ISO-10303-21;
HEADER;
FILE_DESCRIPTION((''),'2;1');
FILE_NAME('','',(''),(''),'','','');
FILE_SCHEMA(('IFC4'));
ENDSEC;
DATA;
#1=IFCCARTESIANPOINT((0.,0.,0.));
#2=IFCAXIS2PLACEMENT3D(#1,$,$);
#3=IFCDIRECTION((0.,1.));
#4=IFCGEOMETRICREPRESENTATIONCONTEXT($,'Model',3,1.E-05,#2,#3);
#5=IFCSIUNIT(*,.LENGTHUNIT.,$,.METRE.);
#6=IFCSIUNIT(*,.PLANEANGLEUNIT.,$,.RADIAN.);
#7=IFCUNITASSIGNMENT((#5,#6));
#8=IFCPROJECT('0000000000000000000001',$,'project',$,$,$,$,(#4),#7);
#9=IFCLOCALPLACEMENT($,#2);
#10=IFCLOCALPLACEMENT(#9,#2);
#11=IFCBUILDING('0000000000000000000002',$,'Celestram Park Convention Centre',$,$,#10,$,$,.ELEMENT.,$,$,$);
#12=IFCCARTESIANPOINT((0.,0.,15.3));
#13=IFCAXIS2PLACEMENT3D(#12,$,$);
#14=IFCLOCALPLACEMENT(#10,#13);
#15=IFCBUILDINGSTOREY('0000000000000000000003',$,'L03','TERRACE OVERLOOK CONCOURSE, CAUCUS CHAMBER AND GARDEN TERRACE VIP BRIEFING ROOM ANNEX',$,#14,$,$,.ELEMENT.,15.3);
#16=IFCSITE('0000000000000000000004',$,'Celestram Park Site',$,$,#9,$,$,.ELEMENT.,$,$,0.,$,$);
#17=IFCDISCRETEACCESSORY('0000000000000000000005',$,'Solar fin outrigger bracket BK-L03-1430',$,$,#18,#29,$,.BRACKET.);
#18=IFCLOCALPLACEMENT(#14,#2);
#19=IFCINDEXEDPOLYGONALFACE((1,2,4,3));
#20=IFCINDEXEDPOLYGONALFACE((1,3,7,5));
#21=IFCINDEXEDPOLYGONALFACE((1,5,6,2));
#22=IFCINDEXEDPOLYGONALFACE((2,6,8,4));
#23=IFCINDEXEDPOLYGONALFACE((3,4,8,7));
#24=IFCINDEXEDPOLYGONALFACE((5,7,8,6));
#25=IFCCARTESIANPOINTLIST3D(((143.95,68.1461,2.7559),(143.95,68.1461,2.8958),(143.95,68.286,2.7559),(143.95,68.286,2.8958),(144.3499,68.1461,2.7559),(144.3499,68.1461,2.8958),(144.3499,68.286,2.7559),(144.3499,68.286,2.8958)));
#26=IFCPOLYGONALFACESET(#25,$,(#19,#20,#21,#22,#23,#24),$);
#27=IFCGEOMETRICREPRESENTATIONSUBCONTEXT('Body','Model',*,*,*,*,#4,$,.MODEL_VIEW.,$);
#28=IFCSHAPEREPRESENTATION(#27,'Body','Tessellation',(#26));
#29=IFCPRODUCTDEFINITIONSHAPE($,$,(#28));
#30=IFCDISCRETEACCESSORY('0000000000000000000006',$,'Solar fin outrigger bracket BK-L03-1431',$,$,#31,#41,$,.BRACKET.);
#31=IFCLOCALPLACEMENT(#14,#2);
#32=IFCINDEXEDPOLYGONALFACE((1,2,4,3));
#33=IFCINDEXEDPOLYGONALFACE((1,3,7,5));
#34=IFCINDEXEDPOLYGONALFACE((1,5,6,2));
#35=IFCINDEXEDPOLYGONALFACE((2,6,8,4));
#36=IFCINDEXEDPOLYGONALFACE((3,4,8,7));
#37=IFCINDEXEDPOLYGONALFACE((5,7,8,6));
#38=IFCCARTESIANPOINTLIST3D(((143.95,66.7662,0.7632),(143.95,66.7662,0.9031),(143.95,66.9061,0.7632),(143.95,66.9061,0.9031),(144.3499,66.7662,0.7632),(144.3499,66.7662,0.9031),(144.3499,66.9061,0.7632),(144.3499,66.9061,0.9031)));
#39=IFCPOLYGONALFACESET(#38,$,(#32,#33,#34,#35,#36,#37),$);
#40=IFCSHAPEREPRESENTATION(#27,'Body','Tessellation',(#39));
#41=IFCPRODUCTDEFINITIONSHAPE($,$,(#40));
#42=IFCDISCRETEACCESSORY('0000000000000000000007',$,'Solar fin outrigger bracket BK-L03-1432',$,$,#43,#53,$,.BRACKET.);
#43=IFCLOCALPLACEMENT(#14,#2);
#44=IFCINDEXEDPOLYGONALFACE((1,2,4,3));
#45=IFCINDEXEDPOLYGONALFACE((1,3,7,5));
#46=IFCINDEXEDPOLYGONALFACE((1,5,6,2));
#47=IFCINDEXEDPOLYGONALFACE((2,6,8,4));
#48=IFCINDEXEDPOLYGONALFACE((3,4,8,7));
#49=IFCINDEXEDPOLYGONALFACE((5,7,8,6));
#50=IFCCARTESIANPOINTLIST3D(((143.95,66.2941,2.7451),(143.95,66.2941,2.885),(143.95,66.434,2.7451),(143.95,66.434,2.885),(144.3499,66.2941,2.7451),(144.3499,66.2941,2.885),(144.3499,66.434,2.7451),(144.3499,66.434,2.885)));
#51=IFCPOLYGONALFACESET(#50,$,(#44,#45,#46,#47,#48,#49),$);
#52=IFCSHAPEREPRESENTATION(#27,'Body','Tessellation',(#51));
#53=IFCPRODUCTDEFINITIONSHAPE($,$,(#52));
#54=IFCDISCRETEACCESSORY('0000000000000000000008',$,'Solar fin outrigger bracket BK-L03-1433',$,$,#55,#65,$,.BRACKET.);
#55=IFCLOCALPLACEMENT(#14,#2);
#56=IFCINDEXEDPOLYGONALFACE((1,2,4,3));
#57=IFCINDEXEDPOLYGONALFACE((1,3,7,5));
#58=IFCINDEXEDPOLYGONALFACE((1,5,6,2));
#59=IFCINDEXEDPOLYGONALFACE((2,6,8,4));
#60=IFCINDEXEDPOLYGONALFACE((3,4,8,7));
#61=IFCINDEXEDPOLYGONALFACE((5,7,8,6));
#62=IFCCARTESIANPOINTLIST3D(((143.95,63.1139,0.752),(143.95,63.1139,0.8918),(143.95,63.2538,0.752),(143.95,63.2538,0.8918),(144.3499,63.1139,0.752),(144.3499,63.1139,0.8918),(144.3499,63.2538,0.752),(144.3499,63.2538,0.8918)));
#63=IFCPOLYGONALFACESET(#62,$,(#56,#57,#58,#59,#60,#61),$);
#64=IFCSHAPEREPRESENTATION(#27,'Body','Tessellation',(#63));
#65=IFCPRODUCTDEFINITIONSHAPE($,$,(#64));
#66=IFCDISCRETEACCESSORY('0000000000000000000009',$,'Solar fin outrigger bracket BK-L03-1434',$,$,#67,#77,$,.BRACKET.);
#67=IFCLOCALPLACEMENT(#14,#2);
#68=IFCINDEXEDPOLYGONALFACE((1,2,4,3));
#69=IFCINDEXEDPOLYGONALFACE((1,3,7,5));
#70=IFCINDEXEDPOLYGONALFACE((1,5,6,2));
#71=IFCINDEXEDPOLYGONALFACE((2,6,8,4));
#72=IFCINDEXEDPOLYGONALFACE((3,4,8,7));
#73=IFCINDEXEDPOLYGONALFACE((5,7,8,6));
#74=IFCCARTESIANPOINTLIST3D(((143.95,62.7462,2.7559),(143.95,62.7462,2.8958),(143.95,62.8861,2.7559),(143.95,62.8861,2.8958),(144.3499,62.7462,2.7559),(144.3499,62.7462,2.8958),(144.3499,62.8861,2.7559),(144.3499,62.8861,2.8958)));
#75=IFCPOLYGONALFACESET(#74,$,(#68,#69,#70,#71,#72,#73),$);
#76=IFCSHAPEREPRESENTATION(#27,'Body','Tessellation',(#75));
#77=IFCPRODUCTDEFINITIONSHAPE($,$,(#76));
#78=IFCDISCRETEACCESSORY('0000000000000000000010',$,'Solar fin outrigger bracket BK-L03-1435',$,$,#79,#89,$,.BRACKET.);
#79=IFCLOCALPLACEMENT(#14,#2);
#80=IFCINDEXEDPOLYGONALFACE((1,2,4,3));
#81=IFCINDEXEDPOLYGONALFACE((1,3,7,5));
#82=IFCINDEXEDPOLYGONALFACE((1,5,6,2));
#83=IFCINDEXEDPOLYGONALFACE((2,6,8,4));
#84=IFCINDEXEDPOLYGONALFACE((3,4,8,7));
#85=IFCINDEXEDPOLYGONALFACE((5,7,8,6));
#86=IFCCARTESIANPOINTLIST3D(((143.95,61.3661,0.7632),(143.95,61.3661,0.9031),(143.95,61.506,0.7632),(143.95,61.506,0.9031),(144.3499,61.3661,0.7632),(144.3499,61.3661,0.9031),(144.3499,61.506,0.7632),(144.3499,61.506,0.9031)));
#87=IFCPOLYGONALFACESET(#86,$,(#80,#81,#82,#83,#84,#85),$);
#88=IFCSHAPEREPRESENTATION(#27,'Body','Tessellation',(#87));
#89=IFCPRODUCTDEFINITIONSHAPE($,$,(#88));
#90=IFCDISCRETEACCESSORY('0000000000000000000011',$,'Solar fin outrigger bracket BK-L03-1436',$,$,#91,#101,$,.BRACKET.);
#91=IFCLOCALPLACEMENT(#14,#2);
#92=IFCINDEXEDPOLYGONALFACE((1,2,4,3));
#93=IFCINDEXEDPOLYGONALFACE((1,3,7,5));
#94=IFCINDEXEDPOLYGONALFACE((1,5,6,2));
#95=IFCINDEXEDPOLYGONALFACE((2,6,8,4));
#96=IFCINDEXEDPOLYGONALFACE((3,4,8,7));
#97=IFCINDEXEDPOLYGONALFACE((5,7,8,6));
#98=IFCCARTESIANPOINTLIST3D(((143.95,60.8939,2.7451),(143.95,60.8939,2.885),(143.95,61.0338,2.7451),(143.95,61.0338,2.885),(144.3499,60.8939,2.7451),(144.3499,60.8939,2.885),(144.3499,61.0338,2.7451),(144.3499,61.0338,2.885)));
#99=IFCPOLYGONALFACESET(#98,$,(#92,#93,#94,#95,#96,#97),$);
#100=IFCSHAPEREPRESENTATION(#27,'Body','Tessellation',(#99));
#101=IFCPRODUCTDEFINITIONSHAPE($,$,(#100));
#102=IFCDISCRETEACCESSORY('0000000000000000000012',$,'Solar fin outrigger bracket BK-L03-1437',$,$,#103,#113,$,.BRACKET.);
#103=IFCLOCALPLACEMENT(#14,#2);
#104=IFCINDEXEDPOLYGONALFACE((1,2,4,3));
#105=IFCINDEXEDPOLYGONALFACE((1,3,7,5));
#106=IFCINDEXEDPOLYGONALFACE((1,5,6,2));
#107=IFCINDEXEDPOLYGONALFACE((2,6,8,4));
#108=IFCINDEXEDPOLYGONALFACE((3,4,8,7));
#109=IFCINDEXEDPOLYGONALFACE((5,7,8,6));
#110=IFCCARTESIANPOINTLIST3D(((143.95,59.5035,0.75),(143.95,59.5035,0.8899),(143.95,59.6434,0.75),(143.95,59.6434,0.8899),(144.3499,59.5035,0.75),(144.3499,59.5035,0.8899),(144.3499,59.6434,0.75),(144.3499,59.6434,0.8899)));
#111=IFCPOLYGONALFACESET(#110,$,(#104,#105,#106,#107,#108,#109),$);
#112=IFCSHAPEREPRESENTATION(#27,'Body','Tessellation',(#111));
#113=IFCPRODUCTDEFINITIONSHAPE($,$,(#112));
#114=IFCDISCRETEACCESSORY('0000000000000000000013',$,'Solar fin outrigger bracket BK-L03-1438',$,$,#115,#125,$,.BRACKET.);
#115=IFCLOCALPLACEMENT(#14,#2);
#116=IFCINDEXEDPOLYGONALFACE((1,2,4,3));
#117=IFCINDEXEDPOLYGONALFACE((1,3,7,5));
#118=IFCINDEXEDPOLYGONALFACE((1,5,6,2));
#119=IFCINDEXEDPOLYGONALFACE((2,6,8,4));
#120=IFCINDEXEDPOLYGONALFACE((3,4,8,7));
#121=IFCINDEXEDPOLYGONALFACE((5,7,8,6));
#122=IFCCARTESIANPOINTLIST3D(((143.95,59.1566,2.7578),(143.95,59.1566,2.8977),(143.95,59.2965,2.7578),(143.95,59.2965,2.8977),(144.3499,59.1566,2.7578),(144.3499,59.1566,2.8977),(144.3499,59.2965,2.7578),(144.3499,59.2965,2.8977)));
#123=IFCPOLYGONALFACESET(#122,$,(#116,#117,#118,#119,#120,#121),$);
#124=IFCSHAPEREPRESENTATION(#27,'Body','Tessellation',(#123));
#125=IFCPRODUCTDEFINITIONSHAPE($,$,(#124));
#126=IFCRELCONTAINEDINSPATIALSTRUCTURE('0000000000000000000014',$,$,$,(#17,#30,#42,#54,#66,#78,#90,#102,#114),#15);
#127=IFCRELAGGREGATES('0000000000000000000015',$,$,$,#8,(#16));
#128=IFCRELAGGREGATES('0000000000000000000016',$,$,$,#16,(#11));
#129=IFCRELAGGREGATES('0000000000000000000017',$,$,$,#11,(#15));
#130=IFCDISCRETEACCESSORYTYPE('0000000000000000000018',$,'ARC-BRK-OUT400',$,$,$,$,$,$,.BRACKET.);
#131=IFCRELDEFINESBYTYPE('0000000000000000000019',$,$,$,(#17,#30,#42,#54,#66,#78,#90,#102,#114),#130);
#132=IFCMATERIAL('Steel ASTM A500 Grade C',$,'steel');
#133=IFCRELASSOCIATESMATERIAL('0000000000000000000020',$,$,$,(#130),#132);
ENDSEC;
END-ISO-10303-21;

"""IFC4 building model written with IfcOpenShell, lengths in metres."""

from ifc_helpers import new_model, si_unit, direction, frame, origin, origin_2d, place, context, subcontext, project, spatial, rectangle, extrude, material, type_object, element, save


model = new_model("IFC4")

# Units and contexts
model_context = context("Model", 3, precision=1e-05, world=origin(), true_north=direction((0.0, 1.0)))
body_context = subcontext(model_context, "Body", "Model", "MODEL_VIEW")
ifc_project = project(units=[si_unit("LENGTHUNIT", "METRE"), si_unit("PLANEANGLEUNIT", "RADIAN")], contexts=[model_context])

# Site, building, storey
site_placement = place(None, origin())
site = spatial("IfcSite", under=ifc_project, at=site_placement, Name="Celestram Park Site", CompositionType="ELEMENT", RefElevation=0.0)
building_placement = place(site_placement, origin())
building = spatial("IfcBuilding", under=site, at=building_placement, Name="Celestram Park Convention Centre", CompositionType="ELEMENT")
storey_placement = place(building_placement, frame((0.0, 0.0, 15.3)))
storey = spatial("IfcBuildingStorey", under=building, at=storey_placement, Name="L03", Description="TERRACE OVERLOOK CONCOURSE, CAUCUS CHAMBER AND GARDEN TERRACE VIP BRIEFING ROOM ANNEX", CompositionType="ELEMENT", Elevation=15.3)

# Shared definitions
ifc_material_1 = material(Name="Steel ASTM A500 Grade C", Category="steel")

# Discrete accessories
discrete_accessory_type = type_object("IfcDiscreteAccessoryType", Name="ARC-BRK-OUT400", PredefinedType="BRACKET", material=ifc_material_1)
for number, where, z_axis, x_axis, name in (
    (1, (144.1499, 68.2161, 2.7559), (0.0, 0.0, 1.0), (1.0, 0.0, 0.0), "Solar fin outrigger bracket BK-L03-1430"),
    (2, (144.1499, 66.8362, 0.7632), (0.0, 0.0, 1.0), (1.0, 0.0, 0.0), "Solar fin outrigger bracket BK-L03-1431"),
    (3, (144.1499, 66.364, 2.7451), (0.0, 0.0, 1.0), (1.0, 0.0, 0.0), "Solar fin outrigger bracket BK-L03-1432"),
    (4, (144.1499, 63.1838, 0.752), (0.0, 0.0, 1.0), (1.0, 0.0, 0.0), "Solar fin outrigger bracket BK-L03-1433"),
    (5, (144.1499, 62.8162, 2.7559), (0.0, 0.0, 1.0), (1.0, 0.0, 0.0), "Solar fin outrigger bracket BK-L03-1434"),
    (6, (144.1499, 61.436, 0.7632), (0.0, 0.0, 1.0), (1.0, 0.0, 0.0), "Solar fin outrigger bracket BK-L03-1435"),
    (7, (144.1499, 60.9639, 2.7451), (0.0, 0.0, 1.0), (1.0, 0.0, 0.0), "Solar fin outrigger bracket BK-L03-1436"),
    (8, (144.1499, 59.5735, 0.75), (0.0, 0.0, 1.0), (1.0, 0.0, 0.0), "Solar fin outrigger bracket BK-L03-1437"),
    (9, (144.1499, 59.2266, 2.7578), (0.0, 0.0, 1.0), (1.0, 0.0, 0.0), "Solar fin outrigger bracket BK-L03-1438"),
):
    element("IfcDiscreteAccessory", number, at=place(storey_placement, frame(where, z_axis=z_axis, x_axis=x_axis)), inside=storey, type_object=discrete_accessory_type, Name=name, PredefinedType="BRACKET", context=body_context, shape_type="SweptSolid", body=[
        extrude(rectangle(XDim=0.3999, YDim=0.1399, at=origin_2d()), origin(), (0.0, 0.0, 1.0), 0.1399),
    ])

save(model, "model.ifc")
